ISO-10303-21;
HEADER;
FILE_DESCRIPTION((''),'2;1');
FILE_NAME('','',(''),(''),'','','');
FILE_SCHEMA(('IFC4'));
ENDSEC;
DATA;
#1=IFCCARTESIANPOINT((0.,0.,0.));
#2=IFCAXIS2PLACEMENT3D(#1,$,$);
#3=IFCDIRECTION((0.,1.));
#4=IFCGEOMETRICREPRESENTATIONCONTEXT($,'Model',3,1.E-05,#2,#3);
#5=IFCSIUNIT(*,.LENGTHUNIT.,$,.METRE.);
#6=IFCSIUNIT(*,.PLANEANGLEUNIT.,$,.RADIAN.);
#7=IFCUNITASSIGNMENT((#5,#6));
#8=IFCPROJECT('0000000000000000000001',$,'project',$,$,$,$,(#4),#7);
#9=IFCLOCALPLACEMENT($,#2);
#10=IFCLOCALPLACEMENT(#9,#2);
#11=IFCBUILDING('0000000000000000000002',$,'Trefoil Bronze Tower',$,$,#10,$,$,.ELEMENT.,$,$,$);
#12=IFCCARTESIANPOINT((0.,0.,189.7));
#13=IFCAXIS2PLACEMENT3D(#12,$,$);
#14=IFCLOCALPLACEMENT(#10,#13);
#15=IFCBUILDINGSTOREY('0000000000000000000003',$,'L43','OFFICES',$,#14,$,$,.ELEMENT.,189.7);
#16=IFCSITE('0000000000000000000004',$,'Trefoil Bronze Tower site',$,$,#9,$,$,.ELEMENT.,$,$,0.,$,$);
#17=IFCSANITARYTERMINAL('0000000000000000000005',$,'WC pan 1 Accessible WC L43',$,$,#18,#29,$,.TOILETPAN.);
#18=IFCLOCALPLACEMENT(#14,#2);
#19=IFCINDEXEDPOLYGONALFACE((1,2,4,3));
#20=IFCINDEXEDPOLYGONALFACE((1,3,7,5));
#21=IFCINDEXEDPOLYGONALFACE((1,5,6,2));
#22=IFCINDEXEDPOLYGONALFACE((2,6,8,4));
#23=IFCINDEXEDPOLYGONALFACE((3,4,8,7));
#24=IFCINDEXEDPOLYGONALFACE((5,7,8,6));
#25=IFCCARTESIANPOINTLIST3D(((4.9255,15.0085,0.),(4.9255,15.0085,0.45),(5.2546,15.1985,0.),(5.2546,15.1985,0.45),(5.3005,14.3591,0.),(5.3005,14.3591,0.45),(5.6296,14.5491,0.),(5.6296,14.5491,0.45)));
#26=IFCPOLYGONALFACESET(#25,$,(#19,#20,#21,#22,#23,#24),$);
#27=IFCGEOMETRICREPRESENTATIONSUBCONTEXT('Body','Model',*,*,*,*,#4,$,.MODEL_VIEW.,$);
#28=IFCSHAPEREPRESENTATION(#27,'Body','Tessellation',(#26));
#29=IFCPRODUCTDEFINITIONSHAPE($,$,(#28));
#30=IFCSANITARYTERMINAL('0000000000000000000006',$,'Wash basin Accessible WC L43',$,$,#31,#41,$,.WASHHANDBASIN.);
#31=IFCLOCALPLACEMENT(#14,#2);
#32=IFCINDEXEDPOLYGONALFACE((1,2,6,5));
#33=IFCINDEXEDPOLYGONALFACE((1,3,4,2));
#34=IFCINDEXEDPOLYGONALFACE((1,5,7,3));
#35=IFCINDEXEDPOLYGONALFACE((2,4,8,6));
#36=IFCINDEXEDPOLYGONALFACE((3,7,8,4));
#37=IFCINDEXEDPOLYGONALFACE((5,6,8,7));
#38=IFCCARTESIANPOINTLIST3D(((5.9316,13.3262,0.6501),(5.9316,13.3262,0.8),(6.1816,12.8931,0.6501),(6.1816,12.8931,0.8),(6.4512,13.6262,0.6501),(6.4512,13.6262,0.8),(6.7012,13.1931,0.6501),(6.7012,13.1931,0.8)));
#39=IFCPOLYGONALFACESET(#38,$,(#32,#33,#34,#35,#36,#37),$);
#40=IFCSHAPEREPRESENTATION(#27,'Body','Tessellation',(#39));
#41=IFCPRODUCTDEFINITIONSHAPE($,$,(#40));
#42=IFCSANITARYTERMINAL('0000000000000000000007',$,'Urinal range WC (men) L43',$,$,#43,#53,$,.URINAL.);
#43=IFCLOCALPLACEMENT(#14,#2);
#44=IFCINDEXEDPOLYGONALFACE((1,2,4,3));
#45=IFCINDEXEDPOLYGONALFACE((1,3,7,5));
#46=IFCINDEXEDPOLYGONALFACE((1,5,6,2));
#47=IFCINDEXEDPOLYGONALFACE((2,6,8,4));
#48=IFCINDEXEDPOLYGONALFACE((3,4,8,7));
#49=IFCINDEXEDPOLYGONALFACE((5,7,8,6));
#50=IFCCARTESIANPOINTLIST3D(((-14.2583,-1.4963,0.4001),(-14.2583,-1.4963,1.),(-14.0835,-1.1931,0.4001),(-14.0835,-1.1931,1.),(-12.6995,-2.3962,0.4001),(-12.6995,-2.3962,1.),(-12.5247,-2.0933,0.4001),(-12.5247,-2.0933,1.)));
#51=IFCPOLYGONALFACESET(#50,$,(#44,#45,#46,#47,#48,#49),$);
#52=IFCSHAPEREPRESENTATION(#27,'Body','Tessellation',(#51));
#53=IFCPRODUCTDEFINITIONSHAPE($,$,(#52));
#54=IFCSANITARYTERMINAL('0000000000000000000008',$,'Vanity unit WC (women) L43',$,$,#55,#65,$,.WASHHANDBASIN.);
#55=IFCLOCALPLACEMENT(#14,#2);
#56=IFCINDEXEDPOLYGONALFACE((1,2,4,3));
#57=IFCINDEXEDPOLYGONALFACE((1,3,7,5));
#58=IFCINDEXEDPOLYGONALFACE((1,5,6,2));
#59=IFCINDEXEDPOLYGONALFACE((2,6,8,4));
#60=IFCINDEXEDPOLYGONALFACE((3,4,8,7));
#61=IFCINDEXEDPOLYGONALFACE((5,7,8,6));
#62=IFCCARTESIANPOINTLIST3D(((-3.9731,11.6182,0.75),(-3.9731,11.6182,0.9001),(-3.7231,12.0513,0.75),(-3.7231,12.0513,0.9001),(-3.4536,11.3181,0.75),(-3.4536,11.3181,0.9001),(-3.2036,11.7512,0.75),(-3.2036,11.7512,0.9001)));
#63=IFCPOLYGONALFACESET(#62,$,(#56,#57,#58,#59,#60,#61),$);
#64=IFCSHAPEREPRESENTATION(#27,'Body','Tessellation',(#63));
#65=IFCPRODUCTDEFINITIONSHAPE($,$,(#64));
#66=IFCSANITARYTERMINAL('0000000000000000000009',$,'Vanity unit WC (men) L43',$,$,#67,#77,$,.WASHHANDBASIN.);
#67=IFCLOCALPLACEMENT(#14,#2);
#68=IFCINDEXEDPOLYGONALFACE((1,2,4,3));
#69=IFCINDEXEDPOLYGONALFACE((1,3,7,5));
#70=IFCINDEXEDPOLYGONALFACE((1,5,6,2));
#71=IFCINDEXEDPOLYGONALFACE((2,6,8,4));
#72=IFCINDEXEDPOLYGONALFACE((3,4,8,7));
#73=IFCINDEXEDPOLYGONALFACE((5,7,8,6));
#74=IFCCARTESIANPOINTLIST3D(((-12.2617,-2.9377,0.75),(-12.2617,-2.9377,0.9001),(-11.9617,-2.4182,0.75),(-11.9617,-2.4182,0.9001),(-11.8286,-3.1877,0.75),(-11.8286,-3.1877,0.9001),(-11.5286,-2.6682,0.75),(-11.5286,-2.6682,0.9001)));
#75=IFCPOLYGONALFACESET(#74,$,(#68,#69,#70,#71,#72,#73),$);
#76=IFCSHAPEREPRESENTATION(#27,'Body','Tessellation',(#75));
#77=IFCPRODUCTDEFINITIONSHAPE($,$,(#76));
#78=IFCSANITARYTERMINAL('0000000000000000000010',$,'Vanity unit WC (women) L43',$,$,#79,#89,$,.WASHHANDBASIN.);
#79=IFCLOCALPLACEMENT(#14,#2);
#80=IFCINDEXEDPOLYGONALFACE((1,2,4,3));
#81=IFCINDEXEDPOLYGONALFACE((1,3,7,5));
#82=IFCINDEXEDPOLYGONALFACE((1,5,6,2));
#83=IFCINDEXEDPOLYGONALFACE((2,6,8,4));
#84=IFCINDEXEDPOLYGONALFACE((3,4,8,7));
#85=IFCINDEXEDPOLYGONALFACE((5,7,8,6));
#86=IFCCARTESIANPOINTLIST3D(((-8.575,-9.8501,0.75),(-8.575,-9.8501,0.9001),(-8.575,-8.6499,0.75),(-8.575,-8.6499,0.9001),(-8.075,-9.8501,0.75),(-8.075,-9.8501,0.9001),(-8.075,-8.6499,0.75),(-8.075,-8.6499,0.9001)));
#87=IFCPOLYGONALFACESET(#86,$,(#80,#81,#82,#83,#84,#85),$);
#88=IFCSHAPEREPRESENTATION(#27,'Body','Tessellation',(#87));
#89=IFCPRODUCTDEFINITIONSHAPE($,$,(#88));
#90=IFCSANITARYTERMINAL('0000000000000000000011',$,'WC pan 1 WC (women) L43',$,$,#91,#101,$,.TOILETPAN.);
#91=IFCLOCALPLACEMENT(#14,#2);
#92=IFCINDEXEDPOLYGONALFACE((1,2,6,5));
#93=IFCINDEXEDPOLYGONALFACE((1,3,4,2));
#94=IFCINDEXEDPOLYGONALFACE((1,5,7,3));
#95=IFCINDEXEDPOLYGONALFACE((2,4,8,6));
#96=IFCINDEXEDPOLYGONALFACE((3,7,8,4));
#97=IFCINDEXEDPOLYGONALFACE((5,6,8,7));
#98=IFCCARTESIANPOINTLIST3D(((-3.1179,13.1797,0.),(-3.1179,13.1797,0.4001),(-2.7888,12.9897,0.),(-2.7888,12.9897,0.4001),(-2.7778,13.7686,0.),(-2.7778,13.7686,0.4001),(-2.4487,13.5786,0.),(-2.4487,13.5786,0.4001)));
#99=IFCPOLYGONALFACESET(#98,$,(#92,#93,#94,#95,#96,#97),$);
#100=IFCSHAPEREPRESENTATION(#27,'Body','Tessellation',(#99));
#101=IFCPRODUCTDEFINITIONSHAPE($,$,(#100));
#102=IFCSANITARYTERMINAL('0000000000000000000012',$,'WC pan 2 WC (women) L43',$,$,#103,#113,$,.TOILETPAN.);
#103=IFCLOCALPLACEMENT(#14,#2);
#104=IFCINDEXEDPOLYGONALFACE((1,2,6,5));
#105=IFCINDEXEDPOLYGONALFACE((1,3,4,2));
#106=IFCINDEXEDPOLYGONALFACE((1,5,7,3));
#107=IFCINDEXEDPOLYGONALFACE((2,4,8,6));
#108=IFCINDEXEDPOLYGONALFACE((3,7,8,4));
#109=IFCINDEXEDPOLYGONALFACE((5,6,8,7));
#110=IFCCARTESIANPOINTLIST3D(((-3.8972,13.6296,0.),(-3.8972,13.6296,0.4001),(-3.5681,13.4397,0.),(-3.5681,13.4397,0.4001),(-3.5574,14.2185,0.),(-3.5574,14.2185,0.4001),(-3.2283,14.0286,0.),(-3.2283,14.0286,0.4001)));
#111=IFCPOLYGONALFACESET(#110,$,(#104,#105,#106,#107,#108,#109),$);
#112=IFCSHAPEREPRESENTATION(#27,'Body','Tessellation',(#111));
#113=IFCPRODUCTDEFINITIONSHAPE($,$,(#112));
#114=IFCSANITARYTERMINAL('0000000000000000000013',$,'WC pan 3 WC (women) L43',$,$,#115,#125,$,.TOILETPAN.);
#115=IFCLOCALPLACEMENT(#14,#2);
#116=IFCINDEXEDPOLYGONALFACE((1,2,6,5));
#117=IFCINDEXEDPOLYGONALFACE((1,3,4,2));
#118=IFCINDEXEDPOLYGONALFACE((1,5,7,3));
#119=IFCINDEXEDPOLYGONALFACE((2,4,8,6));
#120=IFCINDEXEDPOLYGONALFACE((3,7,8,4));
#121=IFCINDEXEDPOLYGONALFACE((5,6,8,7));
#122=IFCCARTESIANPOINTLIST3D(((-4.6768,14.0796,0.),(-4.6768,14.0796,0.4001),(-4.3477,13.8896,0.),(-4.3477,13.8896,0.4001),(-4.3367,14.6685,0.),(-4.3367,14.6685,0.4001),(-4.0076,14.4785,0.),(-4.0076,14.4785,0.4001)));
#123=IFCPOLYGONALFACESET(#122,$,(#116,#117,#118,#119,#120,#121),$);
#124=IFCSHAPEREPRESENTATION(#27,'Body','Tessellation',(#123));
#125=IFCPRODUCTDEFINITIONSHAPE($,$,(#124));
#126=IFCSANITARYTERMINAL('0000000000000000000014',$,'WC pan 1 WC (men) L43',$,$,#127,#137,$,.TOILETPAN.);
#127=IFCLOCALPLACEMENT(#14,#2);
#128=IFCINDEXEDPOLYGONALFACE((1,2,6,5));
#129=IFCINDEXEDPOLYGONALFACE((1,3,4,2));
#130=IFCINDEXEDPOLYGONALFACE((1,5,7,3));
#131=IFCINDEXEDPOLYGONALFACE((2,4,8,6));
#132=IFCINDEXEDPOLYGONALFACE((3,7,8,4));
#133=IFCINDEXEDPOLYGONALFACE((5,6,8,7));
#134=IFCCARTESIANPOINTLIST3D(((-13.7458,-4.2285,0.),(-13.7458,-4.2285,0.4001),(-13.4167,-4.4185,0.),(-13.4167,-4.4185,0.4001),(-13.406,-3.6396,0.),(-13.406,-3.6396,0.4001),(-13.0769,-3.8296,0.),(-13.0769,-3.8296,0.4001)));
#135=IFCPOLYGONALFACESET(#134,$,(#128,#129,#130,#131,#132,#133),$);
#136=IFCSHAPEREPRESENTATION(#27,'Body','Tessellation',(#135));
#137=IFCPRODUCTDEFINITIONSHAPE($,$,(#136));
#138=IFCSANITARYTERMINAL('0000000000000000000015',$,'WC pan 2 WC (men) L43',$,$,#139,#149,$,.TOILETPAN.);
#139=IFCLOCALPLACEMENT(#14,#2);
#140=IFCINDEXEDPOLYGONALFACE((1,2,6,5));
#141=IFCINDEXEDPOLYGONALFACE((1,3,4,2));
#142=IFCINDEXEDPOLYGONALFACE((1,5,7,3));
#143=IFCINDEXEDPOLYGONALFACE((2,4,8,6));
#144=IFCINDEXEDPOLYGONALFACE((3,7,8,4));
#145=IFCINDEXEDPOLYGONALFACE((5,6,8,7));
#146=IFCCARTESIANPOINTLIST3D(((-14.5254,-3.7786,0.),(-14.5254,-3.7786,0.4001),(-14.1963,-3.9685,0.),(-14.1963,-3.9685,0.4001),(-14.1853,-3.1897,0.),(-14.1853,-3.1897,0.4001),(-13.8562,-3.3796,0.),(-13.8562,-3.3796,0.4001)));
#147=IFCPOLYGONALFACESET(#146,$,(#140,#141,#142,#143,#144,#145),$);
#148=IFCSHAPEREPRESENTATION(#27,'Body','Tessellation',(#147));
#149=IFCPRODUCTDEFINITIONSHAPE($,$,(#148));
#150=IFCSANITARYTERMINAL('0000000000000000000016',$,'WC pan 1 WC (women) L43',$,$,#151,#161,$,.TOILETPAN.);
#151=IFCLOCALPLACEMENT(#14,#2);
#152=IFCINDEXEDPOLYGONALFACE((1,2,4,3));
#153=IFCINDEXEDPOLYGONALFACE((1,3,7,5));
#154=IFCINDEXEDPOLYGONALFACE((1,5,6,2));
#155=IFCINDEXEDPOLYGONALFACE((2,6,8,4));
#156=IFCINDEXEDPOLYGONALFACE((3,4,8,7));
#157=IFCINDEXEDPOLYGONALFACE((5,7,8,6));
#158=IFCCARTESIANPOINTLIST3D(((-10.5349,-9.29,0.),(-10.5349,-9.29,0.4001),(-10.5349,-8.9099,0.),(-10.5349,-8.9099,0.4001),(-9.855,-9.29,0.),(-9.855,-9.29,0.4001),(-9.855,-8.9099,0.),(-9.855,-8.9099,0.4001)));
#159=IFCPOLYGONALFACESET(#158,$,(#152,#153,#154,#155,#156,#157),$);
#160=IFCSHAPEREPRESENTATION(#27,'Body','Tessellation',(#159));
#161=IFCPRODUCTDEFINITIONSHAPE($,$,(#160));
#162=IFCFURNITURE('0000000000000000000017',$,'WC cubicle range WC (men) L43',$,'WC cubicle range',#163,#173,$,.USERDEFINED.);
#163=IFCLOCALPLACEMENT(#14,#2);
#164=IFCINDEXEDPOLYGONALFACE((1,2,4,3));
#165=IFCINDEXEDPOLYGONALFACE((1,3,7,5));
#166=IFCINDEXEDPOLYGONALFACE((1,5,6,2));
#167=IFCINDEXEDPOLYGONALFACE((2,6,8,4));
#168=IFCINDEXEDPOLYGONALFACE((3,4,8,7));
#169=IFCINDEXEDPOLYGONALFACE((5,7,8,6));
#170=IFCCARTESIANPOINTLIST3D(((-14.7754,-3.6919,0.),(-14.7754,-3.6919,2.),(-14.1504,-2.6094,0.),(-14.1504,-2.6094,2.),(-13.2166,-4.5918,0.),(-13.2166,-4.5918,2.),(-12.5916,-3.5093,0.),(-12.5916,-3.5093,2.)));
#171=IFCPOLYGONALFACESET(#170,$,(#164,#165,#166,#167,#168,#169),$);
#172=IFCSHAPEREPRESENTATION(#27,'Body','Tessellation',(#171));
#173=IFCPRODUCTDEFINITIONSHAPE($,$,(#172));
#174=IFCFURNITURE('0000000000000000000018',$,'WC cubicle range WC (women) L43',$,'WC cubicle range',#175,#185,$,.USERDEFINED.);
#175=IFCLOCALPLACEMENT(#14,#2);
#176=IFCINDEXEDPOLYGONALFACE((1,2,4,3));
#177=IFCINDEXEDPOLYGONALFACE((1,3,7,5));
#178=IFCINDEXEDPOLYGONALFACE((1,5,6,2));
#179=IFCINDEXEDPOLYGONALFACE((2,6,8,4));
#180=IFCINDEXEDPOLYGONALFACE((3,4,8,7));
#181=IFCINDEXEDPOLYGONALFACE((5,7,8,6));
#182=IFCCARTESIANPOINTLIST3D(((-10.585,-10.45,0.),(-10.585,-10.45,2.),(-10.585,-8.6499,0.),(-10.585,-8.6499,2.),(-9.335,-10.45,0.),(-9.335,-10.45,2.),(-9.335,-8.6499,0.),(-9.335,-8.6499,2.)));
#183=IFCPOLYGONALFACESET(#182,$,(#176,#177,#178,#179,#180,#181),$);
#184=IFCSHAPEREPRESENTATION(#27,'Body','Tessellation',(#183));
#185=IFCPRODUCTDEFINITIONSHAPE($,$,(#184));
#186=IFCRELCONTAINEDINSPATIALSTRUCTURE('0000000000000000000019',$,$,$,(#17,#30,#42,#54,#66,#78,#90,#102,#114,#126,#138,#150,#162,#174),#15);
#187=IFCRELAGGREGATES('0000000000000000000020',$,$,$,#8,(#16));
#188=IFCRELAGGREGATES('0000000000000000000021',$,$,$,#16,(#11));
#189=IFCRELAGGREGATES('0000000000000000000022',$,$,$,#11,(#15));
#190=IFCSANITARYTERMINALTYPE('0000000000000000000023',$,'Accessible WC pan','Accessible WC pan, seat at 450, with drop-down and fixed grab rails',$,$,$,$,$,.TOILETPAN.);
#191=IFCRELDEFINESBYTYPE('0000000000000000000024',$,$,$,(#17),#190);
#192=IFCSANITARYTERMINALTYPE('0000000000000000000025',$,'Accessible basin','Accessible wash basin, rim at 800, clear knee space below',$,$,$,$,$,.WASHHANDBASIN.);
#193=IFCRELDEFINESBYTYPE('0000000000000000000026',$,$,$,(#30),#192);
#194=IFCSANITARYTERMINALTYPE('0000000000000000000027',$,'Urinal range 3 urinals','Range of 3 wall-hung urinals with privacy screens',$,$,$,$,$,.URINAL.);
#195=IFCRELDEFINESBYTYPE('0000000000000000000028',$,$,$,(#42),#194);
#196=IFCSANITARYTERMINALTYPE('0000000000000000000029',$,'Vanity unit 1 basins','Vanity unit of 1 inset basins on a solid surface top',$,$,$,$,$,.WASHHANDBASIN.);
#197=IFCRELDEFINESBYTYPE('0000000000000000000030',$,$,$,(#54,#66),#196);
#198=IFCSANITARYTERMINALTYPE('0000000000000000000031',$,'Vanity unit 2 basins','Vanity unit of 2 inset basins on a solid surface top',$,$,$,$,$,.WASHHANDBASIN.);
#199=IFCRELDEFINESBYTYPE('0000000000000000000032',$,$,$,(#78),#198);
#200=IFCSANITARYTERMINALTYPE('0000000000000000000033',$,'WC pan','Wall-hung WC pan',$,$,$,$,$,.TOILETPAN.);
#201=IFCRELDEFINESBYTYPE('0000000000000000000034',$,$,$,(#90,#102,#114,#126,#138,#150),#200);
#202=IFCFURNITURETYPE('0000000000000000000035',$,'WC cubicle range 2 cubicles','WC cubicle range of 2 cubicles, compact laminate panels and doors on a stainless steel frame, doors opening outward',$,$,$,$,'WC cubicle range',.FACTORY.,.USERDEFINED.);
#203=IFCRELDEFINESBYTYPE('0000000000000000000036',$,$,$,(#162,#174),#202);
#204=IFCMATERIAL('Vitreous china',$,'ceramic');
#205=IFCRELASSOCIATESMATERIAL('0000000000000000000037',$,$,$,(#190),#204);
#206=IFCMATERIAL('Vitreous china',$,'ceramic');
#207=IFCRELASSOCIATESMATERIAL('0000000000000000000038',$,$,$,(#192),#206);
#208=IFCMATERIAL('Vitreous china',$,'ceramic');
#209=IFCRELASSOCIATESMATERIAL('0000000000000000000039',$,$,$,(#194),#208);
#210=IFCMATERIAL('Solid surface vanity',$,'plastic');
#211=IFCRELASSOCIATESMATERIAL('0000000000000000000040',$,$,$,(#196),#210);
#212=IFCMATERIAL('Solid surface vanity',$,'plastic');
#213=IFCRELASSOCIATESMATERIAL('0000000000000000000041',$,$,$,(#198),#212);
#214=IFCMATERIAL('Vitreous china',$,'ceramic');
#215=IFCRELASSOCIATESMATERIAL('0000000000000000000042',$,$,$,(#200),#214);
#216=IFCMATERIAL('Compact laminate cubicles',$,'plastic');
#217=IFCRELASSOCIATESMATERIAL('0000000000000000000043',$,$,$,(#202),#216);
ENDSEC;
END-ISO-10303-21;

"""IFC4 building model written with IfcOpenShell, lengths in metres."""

from ifc_helpers import new_model, si_unit, direction, frame, origin, place, context, subcontext, project, spatial, polyline, outline, extrude, material, type_object, element, save


model = new_model("IFC4")

# Units and contexts
model_context = context("Model", 3, precision=1e-05, world=origin(), true_north=direction((0.0, 1.0)))
body_context = subcontext(model_context, "Body", "Model", "MODEL_VIEW")
ifc_project = project(units=[si_unit("LENGTHUNIT", "METRE"), si_unit("PLANEANGLEUNIT", "RADIAN")], contexts=[model_context])

# Site, building, storey
site_placement = place(None, origin())
site = spatial("IfcSite", under=ifc_project, at=site_placement, Name="Trefoil Bronze Tower site", CompositionType="ELEMENT", RefElevation=0.0)
building_placement = place(site_placement, origin())
building = spatial("IfcBuilding", under=site, at=building_placement, Name="Trefoil Bronze Tower", CompositionType="ELEMENT")
storey_placement = place(building_placement, frame((0.0, 0.0, 189.7)))
storey = spatial("IfcBuildingStorey", under=building, at=storey_placement, Name="L43", Description="OFFICES", CompositionType="ELEMENT", Elevation=189.7)

# Sanitary terminals
ifc_material_1 = material(Name="Vitreous china", Category="ceramic")
sanitary_terminal_type_1 = type_object("IfcSanitaryTerminalType", Name="Accessible WC pan", Description="Accessible WC pan, seat at 450, with drop-down and fixed grab rails", PredefinedType="TOILETPAN", material=ifc_material_1)
sanitary_terminal_1_placement = place(storey_placement, origin())
element("IfcSanitaryTerminal", 1, at=sanitary_terminal_1_placement, inside=storey, type_object=sanitary_terminal_type_1, Name="WC pan 1 Accessible WC L43", PredefinedType="TOILETPAN", context=body_context, shape_type="SweptSolid", body=[
    extrude(outline(polyline([(5.3005, 14.3591), (4.9255, 15.0085), (5.2546, 15.1985), (5.6296, 14.5491), (5.3005, 14.3591)])), origin(), (0.0, 0.0, 1.0), 0.45),
])
ifc_material_2 = material(Name="Vitreous china", Category="ceramic")
sanitary_terminal_type_2 = type_object("IfcSanitaryTerminalType", Name="Accessible basin", Description="Accessible wash basin, rim at 800, clear knee space below", PredefinedType="WASHHANDBASIN", material=ifc_material_2)
sanitary_terminal_2_placement = place(storey_placement, frame((0.0, 0.0, 0.6501)))
element("IfcSanitaryTerminal", 2, at=sanitary_terminal_2_placement, inside=storey, type_object=sanitary_terminal_type_2, Name="Wash basin Accessible WC L43", PredefinedType="WASHHANDBASIN", context=body_context, shape_type="SweptSolid", body=[
    extrude(outline(polyline([(6.1816, 12.8931), (5.9316, 13.3262), (6.4512, 13.6262), (6.7012, 13.1931), (6.1816, 12.8931)])), origin(), (0.0, 0.0, 1.0), 0.1499),
])
ifc_material_3 = material(Name="Vitreous china", Category="ceramic")
sanitary_terminal_type_3 = type_object("IfcSanitaryTerminalType", Name="Urinal range 3 urinals", Description="Range of 3 wall-hung urinals with privacy screens", PredefinedType="URINAL", material=ifc_material_3)
sanitary_terminal_3_placement = place(storey_placement, frame((0.0, 0.0, 0.4001)))
element("IfcSanitaryTerminal", 3, at=sanitary_terminal_3_placement, inside=storey, type_object=sanitary_terminal_type_3, Name="Urinal range WC (men) L43", PredefinedType="URINAL", context=body_context, shape_type="SweptSolid", body=[
    extrude(outline(polyline([(-12.5247, -2.0933), (-12.6995, -2.3962), (-14.2583, -1.4963), (-14.0835, -1.1931), (-12.5247, -2.0933)])), origin(), (0.0, 0.0, 1.0), 0.5999),
])
ifc_material_4 = material(Name="Solid surface vanity", Category="plastic")
sanitary_terminal_type_4 = type_object("IfcSanitaryTerminalType", Name="Vanity unit 1 basins", Description="Vanity unit of 1 inset basins on a solid surface top", PredefinedType="WASHHANDBASIN", material=ifc_material_4)
sanitary_terminal_4_placement = place(storey_placement, frame((0.0, 0.0, 0.75)))
element("IfcSanitaryTerminal", 4, at=sanitary_terminal_4_placement, inside=storey, type_object=sanitary_terminal_type_4, Name="Vanity unit WC (women) L43", PredefinedType="WASHHANDBASIN", context=body_context, shape_type="SweptSolid", body=[
    extrude(outline(polyline([(-3.4536, 11.3181), (-3.2036, 11.7512), (-3.7231, 12.0513), (-3.9731, 11.6182), (-3.4536, 11.3181)])), origin(), (0.0, 0.0, 1.0), 0.1501),
])
sanitary_terminal_5_placement = place(storey_placement, frame((0.0, 0.0, 0.75)))
element("IfcSanitaryTerminal", 5, at=sanitary_terminal_5_placement, inside=storey, type_object=sanitary_terminal_type_4, Name="Vanity unit WC (men) L43", PredefinedType="WASHHANDBASIN", context=body_context, shape_type="SweptSolid", body=[
    extrude(outline(polyline([(-11.5286, -2.6682), (-11.8286, -3.1877), (-12.2617, -2.9377), (-11.9617, -2.4182), (-11.5286, -2.6682)])), origin(), (0.0, 0.0, 1.0), 0.1501),
])
ifc_material_5 = material(Name="Solid surface vanity", Category="plastic")
sanitary_terminal_type_5 = type_object("IfcSanitaryTerminalType", Name="Vanity unit 2 basins", Description="Vanity unit of 2 inset basins on a solid surface top", PredefinedType="WASHHANDBASIN", material=ifc_material_5)
sanitary_terminal_6_placement = place(storey_placement, frame((0.0, 0.0, 0.75)))
element("IfcSanitaryTerminal", 6, at=sanitary_terminal_6_placement, inside=storey, type_object=sanitary_terminal_type_5, Name="Vanity unit WC (women) L43", PredefinedType="WASHHANDBASIN", context=body_context, shape_type="SweptSolid", body=[
    extrude(outline(polyline([(-8.075, -8.6499), (-8.575, -8.6499), (-8.575, -9.8501), (-8.075, -9.8501), (-8.075, -8.6499)])), origin(), (0.0, 0.0, 1.0), 0.1501),
])
ifc_material_6 = material(Name="Vitreous china", Category="ceramic")
sanitary_terminal_type_6 = type_object("IfcSanitaryTerminalType", Name="WC pan", Description="Wall-hung WC pan", PredefinedType="TOILETPAN", material=ifc_material_6)
sanitary_terminal_7_placement = place(storey_placement, origin())
element("IfcSanitaryTerminal", 7, at=sanitary_terminal_7_placement, inside=storey, type_object=sanitary_terminal_type_6, Name="WC pan 1 WC (women) L43", PredefinedType="TOILETPAN", context=body_context, shape_type="SweptSolid", body=[
    extrude(outline(polyline([(-2.7888, 12.9897), (-2.4487, 13.5786), (-2.7778, 13.7686), (-3.1179, 13.1797), (-2.7888, 12.9897)])), origin(), (0.0, 0.0, 1.0), 0.4001),
])
sanitary_terminal_8_placement = place(storey_placement, origin())
element("IfcSanitaryTerminal", 8, at=sanitary_terminal_8_placement, inside=storey, type_object=sanitary_terminal_type_6, Name="WC pan 2 WC (women) L43", PredefinedType="TOILETPAN", context=body_context, shape_type="SweptSolid", body=[
    extrude(outline(polyline([(-3.5681, 13.4397), (-3.2283, 14.0286), (-3.5574, 14.2185), (-3.8972, 13.6296), (-3.5681, 13.4397)])), origin(), (0.0, 0.0, 1.0), 0.4001),
])
sanitary_terminal_9_placement = place(storey_placement, origin())
element("IfcSanitaryTerminal", 9, at=sanitary_terminal_9_placement, inside=storey, type_object=sanitary_terminal_type_6, Name="WC pan 3 WC (women) L43", PredefinedType="TOILETPAN", context=body_context, shape_type="SweptSolid", body=[
    extrude(outline(polyline([(-4.3477, 13.8896), (-4.0076, 14.4785), (-4.3367, 14.6685), (-4.6768, 14.0796), (-4.3477, 13.8896)])), origin(), (0.0, 0.0, 1.0), 0.4001),
])
sanitary_terminal_10_placement = place(storey_placement, origin())
element("IfcSanitaryTerminal", 10, at=sanitary_terminal_10_placement, inside=storey, type_object=sanitary_terminal_type_6, Name="WC pan 1 WC (men) L43", PredefinedType="TOILETPAN", context=body_context, shape_type="SweptSolid", body=[
    extrude(outline(polyline([(-13.0769, -3.8296), (-13.4167, -4.4185), (-13.7458, -4.2285), (-13.406, -3.6396), (-13.0769, -3.8296)])), origin(), (0.0, 0.0, 1.0), 0.4001),
])
sanitary_terminal_11_placement = place(storey_placement, origin())
element("IfcSanitaryTerminal", 11, at=sanitary_terminal_11_placement, inside=storey, type_object=sanitary_terminal_type_6, Name="WC pan 2 WC (men) L43", PredefinedType="TOILETPAN", context=body_context, shape_type="SweptSolid", body=[
    extrude(outline(polyline([(-13.8562, -3.3796), (-14.1963, -3.9685), (-14.5254, -3.7786), (-14.1853, -3.1897), (-13.8562, -3.3796)])), origin(), (0.0, 0.0, 1.0), 0.4001),
])
sanitary_terminal_12_placement = place(storey_placement, origin())
element("IfcSanitaryTerminal", 12, at=sanitary_terminal_12_placement, inside=storey, type_object=sanitary_terminal_type_6, Name="WC pan 1 WC (women) L43", PredefinedType="TOILETPAN", context=body_context, shape_type="SweptSolid", body=[
    extrude(outline(polyline([(-9.855, -8.9099), (-10.5349, -8.9099), (-10.5349, -9.29), (-9.855, -9.29), (-9.855, -8.9099)])), origin(), (0.0, 0.0, 1.0), 0.4001),
])

# Furniture
ifc_material_7 = material(Name="Compact laminate cubicles", Category="plastic")
furniture_type_1 = type_object("IfcFurnitureType", Name="WC cubicle range 2 cubicles", Description="WC cubicle range of 2 cubicles, compact laminate panels and doors on a stainless steel frame, doors opening outward", ElementType="WC cubicle range", AssemblyPlace="FACTORY", PredefinedType="USERDEFINED", material=ifc_material_7)
furniture_1_placement = place(storey_placement, origin())
element("IfcFurniture", 13, at=furniture_1_placement, inside=storey, type_object=furniture_type_1, Name="WC cubicle range WC (men) L43", ObjectType="WC cubicle range", PredefinedType="USERDEFINED", context=body_context, shape_type="SweptSolid", body=[
    extrude(outline(polyline([(-12.5916, -3.5093), (-13.2166, -4.5918), (-14.7754, -3.6919), (-14.1504, -2.6094), (-12.5916, -3.5093)])), origin(), (0.0, 0.0, 1.0), 2.0),
])
furniture_2_placement = place(storey_placement, origin())
element("IfcFurniture", 14, at=furniture_2_placement, inside=storey, type_object=furniture_type_1, Name="WC cubicle range WC (women) L43", ObjectType="WC cubicle range", PredefinedType="USERDEFINED", context=body_context, shape_type="SweptSolid", body=[
    extrude(outline(polyline([(-9.335, -8.6499), (-10.585, -8.6499), (-10.585, -10.45), (-9.335, -10.45), (-9.335, -8.6499)])), origin(), (0.0, 0.0, 1.0), 2.0),
])

save(model, "model.ifc")
